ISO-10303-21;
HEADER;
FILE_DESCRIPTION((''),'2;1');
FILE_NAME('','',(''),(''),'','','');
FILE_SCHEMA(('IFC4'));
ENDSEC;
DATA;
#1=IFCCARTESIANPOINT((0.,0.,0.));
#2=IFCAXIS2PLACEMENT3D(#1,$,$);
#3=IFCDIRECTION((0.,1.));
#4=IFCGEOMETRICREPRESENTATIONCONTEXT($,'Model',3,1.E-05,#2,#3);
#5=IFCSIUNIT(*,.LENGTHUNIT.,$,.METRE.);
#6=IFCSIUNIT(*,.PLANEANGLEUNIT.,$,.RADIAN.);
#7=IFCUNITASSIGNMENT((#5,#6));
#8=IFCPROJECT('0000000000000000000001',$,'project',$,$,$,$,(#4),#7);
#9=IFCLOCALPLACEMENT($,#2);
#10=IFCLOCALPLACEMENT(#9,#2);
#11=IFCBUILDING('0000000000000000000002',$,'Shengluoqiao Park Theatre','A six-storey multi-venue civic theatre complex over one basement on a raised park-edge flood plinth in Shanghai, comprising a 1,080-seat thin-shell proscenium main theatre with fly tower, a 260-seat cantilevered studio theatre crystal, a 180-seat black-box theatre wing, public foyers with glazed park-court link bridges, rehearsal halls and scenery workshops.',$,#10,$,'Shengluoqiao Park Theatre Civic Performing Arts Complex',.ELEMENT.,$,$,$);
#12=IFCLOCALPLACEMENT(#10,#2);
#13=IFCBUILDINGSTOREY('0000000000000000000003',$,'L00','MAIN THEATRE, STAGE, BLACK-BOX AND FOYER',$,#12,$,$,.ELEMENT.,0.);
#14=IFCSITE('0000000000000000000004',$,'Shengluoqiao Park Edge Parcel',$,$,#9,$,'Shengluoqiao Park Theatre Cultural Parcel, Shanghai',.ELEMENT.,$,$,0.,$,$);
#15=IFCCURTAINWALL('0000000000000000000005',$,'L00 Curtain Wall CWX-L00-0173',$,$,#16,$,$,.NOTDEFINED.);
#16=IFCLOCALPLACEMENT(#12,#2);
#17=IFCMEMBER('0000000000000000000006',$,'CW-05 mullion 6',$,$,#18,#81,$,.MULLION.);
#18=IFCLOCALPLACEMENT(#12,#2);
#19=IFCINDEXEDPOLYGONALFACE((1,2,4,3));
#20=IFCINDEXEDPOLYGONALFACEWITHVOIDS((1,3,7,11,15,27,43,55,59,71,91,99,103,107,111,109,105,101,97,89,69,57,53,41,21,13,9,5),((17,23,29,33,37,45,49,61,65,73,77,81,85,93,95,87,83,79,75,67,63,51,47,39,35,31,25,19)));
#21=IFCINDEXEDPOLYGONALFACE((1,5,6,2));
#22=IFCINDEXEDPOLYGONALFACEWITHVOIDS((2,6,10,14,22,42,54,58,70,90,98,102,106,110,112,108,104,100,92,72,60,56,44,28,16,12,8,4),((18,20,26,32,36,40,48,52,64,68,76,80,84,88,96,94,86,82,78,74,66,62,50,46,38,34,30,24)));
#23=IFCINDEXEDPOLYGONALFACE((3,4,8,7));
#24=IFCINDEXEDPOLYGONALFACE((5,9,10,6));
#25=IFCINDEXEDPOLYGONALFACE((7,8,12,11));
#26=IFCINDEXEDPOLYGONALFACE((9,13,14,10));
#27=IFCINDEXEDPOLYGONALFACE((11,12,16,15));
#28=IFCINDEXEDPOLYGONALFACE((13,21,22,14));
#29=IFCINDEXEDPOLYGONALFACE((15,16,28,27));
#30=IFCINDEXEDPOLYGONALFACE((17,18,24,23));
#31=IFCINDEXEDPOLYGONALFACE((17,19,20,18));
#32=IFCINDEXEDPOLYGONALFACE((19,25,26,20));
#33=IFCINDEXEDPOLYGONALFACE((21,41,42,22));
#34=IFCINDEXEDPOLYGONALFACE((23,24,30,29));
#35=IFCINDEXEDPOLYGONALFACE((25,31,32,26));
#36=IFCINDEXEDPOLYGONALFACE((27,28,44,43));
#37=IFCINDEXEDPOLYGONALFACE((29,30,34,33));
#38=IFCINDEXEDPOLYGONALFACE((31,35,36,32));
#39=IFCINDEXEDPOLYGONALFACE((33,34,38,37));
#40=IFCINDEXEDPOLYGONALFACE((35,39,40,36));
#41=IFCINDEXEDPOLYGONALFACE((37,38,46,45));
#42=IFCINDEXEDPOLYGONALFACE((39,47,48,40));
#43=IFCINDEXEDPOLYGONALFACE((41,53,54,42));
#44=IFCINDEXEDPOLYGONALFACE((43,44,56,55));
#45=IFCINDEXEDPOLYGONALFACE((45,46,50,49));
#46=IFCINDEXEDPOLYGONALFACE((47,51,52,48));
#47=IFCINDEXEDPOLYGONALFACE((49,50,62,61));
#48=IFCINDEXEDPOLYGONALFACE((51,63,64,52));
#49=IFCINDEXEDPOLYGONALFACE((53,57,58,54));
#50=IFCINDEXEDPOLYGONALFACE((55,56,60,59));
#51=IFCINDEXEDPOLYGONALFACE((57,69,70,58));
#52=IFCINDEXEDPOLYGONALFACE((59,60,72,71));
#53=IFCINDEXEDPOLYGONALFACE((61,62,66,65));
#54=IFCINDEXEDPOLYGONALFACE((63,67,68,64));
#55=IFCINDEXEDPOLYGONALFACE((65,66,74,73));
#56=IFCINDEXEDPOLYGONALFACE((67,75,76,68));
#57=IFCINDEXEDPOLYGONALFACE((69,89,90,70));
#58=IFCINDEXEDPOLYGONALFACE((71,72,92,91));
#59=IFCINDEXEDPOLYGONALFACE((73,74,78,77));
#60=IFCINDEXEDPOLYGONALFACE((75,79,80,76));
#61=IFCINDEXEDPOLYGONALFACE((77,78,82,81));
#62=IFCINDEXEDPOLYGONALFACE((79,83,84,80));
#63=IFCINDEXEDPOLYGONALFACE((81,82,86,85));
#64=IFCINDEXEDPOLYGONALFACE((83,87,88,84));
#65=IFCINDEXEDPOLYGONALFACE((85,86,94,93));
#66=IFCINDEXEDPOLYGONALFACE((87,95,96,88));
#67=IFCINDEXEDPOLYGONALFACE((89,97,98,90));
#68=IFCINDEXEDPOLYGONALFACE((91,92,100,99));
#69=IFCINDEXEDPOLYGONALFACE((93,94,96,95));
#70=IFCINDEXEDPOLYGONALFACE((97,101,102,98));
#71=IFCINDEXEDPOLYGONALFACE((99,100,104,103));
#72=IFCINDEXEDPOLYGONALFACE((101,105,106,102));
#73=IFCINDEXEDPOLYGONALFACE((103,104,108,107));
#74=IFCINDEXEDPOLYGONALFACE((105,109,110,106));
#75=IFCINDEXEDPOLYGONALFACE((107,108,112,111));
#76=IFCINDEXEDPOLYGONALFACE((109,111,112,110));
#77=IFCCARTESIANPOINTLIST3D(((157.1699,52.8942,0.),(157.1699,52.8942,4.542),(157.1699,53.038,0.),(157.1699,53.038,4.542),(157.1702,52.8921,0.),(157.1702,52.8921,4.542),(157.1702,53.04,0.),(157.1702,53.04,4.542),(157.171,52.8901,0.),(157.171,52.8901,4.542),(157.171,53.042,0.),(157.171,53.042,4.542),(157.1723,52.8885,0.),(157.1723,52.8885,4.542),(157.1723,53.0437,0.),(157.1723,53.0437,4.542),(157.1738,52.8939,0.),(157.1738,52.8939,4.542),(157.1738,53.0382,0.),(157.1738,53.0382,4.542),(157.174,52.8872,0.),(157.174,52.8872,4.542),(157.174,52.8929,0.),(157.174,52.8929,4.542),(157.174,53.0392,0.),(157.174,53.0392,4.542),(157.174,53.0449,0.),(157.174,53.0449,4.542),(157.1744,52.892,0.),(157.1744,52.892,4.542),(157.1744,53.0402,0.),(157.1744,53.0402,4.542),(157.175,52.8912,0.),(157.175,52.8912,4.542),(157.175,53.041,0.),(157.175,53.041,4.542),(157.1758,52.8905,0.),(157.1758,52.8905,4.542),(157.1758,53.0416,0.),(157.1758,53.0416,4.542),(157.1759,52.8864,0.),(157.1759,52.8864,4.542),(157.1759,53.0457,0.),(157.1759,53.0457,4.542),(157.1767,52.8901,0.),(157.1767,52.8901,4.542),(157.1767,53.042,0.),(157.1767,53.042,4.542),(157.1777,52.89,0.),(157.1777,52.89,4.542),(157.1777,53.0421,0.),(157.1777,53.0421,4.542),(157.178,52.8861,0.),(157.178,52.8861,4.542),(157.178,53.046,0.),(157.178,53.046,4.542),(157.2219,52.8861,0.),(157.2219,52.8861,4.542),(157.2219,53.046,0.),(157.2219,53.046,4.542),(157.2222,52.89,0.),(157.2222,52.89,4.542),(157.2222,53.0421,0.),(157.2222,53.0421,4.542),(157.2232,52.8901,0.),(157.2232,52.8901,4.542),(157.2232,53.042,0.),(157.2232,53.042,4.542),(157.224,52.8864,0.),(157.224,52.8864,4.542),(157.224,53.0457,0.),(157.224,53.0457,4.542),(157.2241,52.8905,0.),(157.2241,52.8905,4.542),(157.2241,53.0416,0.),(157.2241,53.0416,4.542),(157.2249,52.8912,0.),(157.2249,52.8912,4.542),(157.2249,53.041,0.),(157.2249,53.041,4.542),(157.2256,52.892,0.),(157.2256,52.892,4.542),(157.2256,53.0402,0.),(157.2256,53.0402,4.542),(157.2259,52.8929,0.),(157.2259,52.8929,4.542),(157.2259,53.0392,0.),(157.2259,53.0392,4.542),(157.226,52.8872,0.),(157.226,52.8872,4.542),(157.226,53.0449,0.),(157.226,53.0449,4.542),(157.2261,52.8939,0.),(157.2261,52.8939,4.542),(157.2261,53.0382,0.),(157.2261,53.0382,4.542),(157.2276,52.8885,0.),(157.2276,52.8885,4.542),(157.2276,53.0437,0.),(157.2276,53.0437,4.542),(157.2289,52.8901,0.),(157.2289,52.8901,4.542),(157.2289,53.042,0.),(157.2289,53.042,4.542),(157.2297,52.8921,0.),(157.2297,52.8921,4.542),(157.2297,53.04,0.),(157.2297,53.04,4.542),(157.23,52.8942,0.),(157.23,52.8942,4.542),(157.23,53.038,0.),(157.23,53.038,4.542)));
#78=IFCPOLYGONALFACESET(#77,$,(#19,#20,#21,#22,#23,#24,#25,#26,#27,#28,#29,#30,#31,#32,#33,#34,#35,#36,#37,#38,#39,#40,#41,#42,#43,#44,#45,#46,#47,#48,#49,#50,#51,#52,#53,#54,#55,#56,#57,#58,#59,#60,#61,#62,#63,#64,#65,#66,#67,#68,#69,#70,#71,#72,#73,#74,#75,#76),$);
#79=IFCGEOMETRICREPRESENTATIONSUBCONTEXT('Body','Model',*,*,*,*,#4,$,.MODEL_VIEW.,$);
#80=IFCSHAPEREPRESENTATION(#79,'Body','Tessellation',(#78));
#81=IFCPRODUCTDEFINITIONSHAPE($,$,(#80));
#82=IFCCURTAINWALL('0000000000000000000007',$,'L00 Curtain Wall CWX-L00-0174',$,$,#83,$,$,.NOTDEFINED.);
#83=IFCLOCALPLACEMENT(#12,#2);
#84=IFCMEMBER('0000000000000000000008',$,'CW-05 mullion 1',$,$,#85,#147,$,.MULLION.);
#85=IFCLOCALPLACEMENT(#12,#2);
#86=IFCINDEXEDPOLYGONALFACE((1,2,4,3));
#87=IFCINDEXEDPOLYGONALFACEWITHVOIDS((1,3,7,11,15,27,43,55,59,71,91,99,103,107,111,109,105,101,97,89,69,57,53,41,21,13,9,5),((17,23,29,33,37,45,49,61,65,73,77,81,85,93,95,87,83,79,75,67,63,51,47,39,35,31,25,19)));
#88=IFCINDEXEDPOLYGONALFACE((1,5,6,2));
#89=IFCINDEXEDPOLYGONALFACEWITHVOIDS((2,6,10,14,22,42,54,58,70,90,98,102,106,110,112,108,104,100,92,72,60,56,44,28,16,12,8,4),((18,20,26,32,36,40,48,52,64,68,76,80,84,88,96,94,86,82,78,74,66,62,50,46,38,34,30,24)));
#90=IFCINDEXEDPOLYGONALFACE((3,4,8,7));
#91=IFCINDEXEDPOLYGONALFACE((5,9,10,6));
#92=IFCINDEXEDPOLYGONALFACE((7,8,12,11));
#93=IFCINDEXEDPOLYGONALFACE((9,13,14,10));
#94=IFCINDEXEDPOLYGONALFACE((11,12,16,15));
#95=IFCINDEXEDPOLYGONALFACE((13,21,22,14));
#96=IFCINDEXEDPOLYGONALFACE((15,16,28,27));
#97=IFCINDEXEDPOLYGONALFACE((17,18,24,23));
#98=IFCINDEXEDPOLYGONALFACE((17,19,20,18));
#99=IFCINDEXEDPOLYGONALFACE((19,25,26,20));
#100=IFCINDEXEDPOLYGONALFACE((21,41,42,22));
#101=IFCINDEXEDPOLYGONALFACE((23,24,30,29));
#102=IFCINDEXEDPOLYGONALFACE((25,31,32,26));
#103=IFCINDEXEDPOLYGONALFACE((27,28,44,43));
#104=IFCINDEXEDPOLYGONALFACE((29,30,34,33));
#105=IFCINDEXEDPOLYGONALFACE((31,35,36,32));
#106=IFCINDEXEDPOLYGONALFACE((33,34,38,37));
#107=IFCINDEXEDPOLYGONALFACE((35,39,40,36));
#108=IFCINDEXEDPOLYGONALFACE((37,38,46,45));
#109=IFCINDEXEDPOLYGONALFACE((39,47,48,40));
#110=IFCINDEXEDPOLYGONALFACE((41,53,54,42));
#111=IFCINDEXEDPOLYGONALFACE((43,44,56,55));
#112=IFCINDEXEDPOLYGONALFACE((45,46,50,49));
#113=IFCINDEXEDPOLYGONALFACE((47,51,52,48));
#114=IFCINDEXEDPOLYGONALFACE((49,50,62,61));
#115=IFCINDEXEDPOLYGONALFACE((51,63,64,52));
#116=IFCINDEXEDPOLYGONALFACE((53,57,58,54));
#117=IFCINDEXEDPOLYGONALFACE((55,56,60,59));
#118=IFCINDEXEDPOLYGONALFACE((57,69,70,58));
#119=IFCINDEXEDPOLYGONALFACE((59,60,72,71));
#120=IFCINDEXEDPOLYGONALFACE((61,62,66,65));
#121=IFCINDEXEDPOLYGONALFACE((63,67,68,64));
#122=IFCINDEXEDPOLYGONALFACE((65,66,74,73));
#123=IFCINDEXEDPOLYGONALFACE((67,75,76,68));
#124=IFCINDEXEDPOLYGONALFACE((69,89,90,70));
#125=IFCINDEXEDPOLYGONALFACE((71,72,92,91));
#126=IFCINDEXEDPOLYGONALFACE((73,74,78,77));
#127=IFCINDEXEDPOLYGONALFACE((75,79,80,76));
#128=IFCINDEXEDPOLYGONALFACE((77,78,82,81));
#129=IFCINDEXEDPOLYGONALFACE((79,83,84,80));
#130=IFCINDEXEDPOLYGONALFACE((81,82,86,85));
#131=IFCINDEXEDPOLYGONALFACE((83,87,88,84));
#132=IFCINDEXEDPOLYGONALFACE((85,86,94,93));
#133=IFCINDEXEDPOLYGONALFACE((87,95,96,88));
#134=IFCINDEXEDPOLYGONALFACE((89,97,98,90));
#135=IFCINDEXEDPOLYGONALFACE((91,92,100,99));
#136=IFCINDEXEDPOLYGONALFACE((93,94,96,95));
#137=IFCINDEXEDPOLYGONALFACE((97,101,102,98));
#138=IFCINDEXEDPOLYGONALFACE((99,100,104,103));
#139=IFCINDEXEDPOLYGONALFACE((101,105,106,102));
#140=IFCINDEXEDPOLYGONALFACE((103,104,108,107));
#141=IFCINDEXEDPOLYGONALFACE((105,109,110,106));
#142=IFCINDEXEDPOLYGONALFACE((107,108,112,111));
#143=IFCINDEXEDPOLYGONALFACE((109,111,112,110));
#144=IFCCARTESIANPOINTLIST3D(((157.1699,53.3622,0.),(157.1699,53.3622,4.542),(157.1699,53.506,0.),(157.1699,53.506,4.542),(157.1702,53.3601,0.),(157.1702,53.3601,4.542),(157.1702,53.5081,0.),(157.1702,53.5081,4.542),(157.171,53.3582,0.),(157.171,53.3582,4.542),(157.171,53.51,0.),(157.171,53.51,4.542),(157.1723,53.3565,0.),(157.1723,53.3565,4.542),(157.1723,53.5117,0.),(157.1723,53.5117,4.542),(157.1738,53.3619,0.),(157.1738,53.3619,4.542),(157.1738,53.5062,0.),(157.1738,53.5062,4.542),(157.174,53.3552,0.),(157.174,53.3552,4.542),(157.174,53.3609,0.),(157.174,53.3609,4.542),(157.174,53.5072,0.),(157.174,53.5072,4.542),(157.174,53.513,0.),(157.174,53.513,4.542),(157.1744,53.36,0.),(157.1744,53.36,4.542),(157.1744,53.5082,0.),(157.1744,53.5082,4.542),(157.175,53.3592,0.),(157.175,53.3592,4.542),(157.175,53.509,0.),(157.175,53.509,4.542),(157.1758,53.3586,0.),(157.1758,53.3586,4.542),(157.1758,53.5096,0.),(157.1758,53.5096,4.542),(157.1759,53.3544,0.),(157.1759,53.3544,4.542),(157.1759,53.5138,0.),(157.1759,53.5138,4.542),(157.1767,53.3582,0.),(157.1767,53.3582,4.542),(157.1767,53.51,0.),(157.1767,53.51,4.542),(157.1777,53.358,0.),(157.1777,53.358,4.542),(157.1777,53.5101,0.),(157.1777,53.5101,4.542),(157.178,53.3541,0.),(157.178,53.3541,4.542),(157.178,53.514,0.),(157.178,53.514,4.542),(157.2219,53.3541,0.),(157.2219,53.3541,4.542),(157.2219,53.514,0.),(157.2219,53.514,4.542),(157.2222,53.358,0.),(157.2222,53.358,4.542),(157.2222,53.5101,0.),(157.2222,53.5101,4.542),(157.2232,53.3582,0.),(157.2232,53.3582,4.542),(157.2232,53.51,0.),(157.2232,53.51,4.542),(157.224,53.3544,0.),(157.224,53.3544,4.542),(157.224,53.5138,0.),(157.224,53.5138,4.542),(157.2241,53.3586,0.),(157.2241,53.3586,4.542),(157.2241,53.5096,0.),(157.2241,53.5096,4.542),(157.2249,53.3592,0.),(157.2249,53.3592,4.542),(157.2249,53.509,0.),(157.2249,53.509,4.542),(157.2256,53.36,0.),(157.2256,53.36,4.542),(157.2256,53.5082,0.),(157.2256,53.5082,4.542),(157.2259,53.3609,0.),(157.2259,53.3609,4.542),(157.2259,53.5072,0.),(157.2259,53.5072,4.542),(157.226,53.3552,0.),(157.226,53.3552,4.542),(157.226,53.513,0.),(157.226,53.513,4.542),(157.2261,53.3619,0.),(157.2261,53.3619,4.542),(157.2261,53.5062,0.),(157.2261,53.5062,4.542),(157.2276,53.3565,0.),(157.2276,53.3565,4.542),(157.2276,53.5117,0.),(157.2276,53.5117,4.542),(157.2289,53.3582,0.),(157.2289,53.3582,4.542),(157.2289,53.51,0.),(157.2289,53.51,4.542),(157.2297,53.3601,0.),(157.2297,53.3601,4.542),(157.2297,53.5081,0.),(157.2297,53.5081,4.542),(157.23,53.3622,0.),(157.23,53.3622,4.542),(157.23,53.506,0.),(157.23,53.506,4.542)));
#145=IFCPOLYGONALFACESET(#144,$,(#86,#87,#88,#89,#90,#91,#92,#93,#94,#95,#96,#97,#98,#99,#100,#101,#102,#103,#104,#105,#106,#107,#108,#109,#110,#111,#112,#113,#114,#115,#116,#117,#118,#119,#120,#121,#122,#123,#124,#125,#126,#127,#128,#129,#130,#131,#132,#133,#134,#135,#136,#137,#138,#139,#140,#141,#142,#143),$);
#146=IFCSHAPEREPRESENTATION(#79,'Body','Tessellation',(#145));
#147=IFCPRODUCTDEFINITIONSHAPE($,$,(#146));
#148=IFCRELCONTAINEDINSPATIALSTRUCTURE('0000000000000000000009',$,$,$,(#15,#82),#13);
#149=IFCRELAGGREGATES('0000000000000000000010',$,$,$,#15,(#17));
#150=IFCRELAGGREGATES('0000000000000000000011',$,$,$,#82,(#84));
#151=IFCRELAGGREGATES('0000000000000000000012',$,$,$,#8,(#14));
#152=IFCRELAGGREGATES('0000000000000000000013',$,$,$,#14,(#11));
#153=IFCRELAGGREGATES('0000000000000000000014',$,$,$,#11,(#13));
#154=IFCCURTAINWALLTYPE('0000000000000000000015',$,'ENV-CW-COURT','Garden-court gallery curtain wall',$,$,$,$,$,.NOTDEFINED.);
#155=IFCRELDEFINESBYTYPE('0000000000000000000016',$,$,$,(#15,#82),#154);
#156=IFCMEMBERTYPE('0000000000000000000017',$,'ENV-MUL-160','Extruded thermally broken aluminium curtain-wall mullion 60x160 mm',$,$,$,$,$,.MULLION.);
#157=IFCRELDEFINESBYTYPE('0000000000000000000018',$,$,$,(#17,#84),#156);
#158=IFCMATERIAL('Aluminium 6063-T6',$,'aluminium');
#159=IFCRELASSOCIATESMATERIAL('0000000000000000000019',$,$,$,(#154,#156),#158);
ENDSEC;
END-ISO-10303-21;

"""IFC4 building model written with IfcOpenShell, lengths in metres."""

from ifc_helpers import new_model, si_unit, direction, frame, origin, origin_2d, place, context, subcontext, project, spatial, hollow_rectangle, extrude, material, material_profile, profile_set, type_object, element, aggregate, save


model = new_model("IFC4")

# Units and contexts
model_context = context("Model", 3, precision=1e-05, world=origin(), true_north=direction((0.0, 1.0)))
body_context = subcontext(model_context, "Body", "Model", "MODEL_VIEW")
ifc_project = project(units=[si_unit("LENGTHUNIT", "METRE"), si_unit("PLANEANGLEUNIT", "RADIAN")], contexts=[model_context])

# Site, building, storey
site_placement = place(None, origin())
site = spatial("IfcSite", under=ifc_project, at=site_placement, Name="Shengluoqiao Park Edge Parcel", LongName="Shengluoqiao Park Theatre Cultural Parcel, Shanghai", CompositionType="ELEMENT", RefElevation=0.0)
building_placement = place(site_placement, origin())
building = spatial("IfcBuilding", under=site, at=building_placement, Name="Shengluoqiao Park Theatre", Description="A six-storey multi-venue civic theatre complex over one basement on a raised park-edge flood plinth in Shanghai, comprising a 1,080-seat thin-shell proscenium main theatre with fly tower, a 260-seat cantilevered studio theatre crystal, a 180-seat black-box theatre wing, public foyers with glazed park-court link bridges, rehearsal halls and scenery workshops.", LongName="Shengluoqiao Park Theatre Civic Performing Arts Complex", CompositionType="ELEMENT")
storey_placement = place(building_placement, origin())
storey = spatial("IfcBuildingStorey", under=building, at=storey_placement, Name="L00", Description="MAIN THEATRE, STAGE, BLACK-BOX AND FOYER", CompositionType="ELEMENT", Elevation=0.0)

# Curtain wall, member
ifc_material_1 = material(Name="Aluminium 6063-T6", Category="aluminium")
curtain_wall_type = type_object("IfcCurtainWallType", Name="ENV-CW-COURT", Description="Garden-court gallery curtain wall", PredefinedType="NOTDEFINED", material=ifc_material_1)
curtain_wall_1_placement = place(storey_placement, origin())
curtain_wall_1 = element("IfcCurtainWall", 1, at=curtain_wall_1_placement, inside=storey, type_object=curtain_wall_type, Name="L00 Curtain Wall CWX-L00-0173", PredefinedType="NOTDEFINED")
ifc_material_profile_1 = material_profile(ifc_material_1, hollow_rectangle(XDim=0.0601, YDim=0.1599, WallThickness=0.0039, InnerFilletRadius=0.0039, OuterFilletRadius=0.0081, at=origin_2d()), Name="ALU MULLION 160x60x4")
ifc_profile_set_1 = profile_set([ifc_material_profile_1], Name="Aluminium 6063-T6")
member_type_1 = type_object("IfcMemberType", Name="ENV-MUL-160", Description="Extruded thermally broken aluminium curtain-wall mullion 60x160 mm", PredefinedType="MULLION", material=ifc_profile_set_1)
member_1_placement = place(storey_placement, frame((157.2, 52.9661, 0.0), z_axis=(0.0, 0.0, 1.0), x_axis=(-1.0, 0.0, 0.0)))
member_1 = element("IfcMember", 2, at=member_1_placement, type_object=member_type_1, Name="CW-05 mullion 6", PredefinedType="MULLION", context=body_context, shape_type="SweptSolid", body=[
    extrude(hollow_rectangle(XDim=0.0601, YDim=0.1599, WallThickness=0.0039, InnerFilletRadius=0.0039, OuterFilletRadius=0.0081, at=origin_2d()), origin(), (0.0, 0.0, 1.0), 4.542),
])

# Curtain wall, member
curtain_wall_2_placement = place(storey_placement, origin())
curtain_wall_2 = element("IfcCurtainWall", 3, at=curtain_wall_2_placement, inside=storey, type_object=curtain_wall_type, Name="L00 Curtain Wall CWX-L00-0174", PredefinedType="NOTDEFINED")
member_2_placement = place(storey_placement, frame((157.2, 53.4341, 0.0), z_axis=(0.0, 0.0, 1.0), x_axis=(-1.0, 0.0, 0.0)))
member_2 = element("IfcMember", 4, at=member_2_placement, type_object=member_type_1, Name="CW-05 mullion 1", PredefinedType="MULLION", context=body_context, shape_type="SweptSolid", body=[
    extrude(hollow_rectangle(XDim=0.0601, YDim=0.1599, WallThickness=0.0039, InnerFilletRadius=0.0039, OuterFilletRadius=0.0081, at=origin_2d()), origin(), (0.0, 0.0, 1.0), 4.542),
])

aggregate(curtain_wall_1, [member_1])
aggregate(curtain_wall_2, [member_2])

save(model, "model.ifc")
